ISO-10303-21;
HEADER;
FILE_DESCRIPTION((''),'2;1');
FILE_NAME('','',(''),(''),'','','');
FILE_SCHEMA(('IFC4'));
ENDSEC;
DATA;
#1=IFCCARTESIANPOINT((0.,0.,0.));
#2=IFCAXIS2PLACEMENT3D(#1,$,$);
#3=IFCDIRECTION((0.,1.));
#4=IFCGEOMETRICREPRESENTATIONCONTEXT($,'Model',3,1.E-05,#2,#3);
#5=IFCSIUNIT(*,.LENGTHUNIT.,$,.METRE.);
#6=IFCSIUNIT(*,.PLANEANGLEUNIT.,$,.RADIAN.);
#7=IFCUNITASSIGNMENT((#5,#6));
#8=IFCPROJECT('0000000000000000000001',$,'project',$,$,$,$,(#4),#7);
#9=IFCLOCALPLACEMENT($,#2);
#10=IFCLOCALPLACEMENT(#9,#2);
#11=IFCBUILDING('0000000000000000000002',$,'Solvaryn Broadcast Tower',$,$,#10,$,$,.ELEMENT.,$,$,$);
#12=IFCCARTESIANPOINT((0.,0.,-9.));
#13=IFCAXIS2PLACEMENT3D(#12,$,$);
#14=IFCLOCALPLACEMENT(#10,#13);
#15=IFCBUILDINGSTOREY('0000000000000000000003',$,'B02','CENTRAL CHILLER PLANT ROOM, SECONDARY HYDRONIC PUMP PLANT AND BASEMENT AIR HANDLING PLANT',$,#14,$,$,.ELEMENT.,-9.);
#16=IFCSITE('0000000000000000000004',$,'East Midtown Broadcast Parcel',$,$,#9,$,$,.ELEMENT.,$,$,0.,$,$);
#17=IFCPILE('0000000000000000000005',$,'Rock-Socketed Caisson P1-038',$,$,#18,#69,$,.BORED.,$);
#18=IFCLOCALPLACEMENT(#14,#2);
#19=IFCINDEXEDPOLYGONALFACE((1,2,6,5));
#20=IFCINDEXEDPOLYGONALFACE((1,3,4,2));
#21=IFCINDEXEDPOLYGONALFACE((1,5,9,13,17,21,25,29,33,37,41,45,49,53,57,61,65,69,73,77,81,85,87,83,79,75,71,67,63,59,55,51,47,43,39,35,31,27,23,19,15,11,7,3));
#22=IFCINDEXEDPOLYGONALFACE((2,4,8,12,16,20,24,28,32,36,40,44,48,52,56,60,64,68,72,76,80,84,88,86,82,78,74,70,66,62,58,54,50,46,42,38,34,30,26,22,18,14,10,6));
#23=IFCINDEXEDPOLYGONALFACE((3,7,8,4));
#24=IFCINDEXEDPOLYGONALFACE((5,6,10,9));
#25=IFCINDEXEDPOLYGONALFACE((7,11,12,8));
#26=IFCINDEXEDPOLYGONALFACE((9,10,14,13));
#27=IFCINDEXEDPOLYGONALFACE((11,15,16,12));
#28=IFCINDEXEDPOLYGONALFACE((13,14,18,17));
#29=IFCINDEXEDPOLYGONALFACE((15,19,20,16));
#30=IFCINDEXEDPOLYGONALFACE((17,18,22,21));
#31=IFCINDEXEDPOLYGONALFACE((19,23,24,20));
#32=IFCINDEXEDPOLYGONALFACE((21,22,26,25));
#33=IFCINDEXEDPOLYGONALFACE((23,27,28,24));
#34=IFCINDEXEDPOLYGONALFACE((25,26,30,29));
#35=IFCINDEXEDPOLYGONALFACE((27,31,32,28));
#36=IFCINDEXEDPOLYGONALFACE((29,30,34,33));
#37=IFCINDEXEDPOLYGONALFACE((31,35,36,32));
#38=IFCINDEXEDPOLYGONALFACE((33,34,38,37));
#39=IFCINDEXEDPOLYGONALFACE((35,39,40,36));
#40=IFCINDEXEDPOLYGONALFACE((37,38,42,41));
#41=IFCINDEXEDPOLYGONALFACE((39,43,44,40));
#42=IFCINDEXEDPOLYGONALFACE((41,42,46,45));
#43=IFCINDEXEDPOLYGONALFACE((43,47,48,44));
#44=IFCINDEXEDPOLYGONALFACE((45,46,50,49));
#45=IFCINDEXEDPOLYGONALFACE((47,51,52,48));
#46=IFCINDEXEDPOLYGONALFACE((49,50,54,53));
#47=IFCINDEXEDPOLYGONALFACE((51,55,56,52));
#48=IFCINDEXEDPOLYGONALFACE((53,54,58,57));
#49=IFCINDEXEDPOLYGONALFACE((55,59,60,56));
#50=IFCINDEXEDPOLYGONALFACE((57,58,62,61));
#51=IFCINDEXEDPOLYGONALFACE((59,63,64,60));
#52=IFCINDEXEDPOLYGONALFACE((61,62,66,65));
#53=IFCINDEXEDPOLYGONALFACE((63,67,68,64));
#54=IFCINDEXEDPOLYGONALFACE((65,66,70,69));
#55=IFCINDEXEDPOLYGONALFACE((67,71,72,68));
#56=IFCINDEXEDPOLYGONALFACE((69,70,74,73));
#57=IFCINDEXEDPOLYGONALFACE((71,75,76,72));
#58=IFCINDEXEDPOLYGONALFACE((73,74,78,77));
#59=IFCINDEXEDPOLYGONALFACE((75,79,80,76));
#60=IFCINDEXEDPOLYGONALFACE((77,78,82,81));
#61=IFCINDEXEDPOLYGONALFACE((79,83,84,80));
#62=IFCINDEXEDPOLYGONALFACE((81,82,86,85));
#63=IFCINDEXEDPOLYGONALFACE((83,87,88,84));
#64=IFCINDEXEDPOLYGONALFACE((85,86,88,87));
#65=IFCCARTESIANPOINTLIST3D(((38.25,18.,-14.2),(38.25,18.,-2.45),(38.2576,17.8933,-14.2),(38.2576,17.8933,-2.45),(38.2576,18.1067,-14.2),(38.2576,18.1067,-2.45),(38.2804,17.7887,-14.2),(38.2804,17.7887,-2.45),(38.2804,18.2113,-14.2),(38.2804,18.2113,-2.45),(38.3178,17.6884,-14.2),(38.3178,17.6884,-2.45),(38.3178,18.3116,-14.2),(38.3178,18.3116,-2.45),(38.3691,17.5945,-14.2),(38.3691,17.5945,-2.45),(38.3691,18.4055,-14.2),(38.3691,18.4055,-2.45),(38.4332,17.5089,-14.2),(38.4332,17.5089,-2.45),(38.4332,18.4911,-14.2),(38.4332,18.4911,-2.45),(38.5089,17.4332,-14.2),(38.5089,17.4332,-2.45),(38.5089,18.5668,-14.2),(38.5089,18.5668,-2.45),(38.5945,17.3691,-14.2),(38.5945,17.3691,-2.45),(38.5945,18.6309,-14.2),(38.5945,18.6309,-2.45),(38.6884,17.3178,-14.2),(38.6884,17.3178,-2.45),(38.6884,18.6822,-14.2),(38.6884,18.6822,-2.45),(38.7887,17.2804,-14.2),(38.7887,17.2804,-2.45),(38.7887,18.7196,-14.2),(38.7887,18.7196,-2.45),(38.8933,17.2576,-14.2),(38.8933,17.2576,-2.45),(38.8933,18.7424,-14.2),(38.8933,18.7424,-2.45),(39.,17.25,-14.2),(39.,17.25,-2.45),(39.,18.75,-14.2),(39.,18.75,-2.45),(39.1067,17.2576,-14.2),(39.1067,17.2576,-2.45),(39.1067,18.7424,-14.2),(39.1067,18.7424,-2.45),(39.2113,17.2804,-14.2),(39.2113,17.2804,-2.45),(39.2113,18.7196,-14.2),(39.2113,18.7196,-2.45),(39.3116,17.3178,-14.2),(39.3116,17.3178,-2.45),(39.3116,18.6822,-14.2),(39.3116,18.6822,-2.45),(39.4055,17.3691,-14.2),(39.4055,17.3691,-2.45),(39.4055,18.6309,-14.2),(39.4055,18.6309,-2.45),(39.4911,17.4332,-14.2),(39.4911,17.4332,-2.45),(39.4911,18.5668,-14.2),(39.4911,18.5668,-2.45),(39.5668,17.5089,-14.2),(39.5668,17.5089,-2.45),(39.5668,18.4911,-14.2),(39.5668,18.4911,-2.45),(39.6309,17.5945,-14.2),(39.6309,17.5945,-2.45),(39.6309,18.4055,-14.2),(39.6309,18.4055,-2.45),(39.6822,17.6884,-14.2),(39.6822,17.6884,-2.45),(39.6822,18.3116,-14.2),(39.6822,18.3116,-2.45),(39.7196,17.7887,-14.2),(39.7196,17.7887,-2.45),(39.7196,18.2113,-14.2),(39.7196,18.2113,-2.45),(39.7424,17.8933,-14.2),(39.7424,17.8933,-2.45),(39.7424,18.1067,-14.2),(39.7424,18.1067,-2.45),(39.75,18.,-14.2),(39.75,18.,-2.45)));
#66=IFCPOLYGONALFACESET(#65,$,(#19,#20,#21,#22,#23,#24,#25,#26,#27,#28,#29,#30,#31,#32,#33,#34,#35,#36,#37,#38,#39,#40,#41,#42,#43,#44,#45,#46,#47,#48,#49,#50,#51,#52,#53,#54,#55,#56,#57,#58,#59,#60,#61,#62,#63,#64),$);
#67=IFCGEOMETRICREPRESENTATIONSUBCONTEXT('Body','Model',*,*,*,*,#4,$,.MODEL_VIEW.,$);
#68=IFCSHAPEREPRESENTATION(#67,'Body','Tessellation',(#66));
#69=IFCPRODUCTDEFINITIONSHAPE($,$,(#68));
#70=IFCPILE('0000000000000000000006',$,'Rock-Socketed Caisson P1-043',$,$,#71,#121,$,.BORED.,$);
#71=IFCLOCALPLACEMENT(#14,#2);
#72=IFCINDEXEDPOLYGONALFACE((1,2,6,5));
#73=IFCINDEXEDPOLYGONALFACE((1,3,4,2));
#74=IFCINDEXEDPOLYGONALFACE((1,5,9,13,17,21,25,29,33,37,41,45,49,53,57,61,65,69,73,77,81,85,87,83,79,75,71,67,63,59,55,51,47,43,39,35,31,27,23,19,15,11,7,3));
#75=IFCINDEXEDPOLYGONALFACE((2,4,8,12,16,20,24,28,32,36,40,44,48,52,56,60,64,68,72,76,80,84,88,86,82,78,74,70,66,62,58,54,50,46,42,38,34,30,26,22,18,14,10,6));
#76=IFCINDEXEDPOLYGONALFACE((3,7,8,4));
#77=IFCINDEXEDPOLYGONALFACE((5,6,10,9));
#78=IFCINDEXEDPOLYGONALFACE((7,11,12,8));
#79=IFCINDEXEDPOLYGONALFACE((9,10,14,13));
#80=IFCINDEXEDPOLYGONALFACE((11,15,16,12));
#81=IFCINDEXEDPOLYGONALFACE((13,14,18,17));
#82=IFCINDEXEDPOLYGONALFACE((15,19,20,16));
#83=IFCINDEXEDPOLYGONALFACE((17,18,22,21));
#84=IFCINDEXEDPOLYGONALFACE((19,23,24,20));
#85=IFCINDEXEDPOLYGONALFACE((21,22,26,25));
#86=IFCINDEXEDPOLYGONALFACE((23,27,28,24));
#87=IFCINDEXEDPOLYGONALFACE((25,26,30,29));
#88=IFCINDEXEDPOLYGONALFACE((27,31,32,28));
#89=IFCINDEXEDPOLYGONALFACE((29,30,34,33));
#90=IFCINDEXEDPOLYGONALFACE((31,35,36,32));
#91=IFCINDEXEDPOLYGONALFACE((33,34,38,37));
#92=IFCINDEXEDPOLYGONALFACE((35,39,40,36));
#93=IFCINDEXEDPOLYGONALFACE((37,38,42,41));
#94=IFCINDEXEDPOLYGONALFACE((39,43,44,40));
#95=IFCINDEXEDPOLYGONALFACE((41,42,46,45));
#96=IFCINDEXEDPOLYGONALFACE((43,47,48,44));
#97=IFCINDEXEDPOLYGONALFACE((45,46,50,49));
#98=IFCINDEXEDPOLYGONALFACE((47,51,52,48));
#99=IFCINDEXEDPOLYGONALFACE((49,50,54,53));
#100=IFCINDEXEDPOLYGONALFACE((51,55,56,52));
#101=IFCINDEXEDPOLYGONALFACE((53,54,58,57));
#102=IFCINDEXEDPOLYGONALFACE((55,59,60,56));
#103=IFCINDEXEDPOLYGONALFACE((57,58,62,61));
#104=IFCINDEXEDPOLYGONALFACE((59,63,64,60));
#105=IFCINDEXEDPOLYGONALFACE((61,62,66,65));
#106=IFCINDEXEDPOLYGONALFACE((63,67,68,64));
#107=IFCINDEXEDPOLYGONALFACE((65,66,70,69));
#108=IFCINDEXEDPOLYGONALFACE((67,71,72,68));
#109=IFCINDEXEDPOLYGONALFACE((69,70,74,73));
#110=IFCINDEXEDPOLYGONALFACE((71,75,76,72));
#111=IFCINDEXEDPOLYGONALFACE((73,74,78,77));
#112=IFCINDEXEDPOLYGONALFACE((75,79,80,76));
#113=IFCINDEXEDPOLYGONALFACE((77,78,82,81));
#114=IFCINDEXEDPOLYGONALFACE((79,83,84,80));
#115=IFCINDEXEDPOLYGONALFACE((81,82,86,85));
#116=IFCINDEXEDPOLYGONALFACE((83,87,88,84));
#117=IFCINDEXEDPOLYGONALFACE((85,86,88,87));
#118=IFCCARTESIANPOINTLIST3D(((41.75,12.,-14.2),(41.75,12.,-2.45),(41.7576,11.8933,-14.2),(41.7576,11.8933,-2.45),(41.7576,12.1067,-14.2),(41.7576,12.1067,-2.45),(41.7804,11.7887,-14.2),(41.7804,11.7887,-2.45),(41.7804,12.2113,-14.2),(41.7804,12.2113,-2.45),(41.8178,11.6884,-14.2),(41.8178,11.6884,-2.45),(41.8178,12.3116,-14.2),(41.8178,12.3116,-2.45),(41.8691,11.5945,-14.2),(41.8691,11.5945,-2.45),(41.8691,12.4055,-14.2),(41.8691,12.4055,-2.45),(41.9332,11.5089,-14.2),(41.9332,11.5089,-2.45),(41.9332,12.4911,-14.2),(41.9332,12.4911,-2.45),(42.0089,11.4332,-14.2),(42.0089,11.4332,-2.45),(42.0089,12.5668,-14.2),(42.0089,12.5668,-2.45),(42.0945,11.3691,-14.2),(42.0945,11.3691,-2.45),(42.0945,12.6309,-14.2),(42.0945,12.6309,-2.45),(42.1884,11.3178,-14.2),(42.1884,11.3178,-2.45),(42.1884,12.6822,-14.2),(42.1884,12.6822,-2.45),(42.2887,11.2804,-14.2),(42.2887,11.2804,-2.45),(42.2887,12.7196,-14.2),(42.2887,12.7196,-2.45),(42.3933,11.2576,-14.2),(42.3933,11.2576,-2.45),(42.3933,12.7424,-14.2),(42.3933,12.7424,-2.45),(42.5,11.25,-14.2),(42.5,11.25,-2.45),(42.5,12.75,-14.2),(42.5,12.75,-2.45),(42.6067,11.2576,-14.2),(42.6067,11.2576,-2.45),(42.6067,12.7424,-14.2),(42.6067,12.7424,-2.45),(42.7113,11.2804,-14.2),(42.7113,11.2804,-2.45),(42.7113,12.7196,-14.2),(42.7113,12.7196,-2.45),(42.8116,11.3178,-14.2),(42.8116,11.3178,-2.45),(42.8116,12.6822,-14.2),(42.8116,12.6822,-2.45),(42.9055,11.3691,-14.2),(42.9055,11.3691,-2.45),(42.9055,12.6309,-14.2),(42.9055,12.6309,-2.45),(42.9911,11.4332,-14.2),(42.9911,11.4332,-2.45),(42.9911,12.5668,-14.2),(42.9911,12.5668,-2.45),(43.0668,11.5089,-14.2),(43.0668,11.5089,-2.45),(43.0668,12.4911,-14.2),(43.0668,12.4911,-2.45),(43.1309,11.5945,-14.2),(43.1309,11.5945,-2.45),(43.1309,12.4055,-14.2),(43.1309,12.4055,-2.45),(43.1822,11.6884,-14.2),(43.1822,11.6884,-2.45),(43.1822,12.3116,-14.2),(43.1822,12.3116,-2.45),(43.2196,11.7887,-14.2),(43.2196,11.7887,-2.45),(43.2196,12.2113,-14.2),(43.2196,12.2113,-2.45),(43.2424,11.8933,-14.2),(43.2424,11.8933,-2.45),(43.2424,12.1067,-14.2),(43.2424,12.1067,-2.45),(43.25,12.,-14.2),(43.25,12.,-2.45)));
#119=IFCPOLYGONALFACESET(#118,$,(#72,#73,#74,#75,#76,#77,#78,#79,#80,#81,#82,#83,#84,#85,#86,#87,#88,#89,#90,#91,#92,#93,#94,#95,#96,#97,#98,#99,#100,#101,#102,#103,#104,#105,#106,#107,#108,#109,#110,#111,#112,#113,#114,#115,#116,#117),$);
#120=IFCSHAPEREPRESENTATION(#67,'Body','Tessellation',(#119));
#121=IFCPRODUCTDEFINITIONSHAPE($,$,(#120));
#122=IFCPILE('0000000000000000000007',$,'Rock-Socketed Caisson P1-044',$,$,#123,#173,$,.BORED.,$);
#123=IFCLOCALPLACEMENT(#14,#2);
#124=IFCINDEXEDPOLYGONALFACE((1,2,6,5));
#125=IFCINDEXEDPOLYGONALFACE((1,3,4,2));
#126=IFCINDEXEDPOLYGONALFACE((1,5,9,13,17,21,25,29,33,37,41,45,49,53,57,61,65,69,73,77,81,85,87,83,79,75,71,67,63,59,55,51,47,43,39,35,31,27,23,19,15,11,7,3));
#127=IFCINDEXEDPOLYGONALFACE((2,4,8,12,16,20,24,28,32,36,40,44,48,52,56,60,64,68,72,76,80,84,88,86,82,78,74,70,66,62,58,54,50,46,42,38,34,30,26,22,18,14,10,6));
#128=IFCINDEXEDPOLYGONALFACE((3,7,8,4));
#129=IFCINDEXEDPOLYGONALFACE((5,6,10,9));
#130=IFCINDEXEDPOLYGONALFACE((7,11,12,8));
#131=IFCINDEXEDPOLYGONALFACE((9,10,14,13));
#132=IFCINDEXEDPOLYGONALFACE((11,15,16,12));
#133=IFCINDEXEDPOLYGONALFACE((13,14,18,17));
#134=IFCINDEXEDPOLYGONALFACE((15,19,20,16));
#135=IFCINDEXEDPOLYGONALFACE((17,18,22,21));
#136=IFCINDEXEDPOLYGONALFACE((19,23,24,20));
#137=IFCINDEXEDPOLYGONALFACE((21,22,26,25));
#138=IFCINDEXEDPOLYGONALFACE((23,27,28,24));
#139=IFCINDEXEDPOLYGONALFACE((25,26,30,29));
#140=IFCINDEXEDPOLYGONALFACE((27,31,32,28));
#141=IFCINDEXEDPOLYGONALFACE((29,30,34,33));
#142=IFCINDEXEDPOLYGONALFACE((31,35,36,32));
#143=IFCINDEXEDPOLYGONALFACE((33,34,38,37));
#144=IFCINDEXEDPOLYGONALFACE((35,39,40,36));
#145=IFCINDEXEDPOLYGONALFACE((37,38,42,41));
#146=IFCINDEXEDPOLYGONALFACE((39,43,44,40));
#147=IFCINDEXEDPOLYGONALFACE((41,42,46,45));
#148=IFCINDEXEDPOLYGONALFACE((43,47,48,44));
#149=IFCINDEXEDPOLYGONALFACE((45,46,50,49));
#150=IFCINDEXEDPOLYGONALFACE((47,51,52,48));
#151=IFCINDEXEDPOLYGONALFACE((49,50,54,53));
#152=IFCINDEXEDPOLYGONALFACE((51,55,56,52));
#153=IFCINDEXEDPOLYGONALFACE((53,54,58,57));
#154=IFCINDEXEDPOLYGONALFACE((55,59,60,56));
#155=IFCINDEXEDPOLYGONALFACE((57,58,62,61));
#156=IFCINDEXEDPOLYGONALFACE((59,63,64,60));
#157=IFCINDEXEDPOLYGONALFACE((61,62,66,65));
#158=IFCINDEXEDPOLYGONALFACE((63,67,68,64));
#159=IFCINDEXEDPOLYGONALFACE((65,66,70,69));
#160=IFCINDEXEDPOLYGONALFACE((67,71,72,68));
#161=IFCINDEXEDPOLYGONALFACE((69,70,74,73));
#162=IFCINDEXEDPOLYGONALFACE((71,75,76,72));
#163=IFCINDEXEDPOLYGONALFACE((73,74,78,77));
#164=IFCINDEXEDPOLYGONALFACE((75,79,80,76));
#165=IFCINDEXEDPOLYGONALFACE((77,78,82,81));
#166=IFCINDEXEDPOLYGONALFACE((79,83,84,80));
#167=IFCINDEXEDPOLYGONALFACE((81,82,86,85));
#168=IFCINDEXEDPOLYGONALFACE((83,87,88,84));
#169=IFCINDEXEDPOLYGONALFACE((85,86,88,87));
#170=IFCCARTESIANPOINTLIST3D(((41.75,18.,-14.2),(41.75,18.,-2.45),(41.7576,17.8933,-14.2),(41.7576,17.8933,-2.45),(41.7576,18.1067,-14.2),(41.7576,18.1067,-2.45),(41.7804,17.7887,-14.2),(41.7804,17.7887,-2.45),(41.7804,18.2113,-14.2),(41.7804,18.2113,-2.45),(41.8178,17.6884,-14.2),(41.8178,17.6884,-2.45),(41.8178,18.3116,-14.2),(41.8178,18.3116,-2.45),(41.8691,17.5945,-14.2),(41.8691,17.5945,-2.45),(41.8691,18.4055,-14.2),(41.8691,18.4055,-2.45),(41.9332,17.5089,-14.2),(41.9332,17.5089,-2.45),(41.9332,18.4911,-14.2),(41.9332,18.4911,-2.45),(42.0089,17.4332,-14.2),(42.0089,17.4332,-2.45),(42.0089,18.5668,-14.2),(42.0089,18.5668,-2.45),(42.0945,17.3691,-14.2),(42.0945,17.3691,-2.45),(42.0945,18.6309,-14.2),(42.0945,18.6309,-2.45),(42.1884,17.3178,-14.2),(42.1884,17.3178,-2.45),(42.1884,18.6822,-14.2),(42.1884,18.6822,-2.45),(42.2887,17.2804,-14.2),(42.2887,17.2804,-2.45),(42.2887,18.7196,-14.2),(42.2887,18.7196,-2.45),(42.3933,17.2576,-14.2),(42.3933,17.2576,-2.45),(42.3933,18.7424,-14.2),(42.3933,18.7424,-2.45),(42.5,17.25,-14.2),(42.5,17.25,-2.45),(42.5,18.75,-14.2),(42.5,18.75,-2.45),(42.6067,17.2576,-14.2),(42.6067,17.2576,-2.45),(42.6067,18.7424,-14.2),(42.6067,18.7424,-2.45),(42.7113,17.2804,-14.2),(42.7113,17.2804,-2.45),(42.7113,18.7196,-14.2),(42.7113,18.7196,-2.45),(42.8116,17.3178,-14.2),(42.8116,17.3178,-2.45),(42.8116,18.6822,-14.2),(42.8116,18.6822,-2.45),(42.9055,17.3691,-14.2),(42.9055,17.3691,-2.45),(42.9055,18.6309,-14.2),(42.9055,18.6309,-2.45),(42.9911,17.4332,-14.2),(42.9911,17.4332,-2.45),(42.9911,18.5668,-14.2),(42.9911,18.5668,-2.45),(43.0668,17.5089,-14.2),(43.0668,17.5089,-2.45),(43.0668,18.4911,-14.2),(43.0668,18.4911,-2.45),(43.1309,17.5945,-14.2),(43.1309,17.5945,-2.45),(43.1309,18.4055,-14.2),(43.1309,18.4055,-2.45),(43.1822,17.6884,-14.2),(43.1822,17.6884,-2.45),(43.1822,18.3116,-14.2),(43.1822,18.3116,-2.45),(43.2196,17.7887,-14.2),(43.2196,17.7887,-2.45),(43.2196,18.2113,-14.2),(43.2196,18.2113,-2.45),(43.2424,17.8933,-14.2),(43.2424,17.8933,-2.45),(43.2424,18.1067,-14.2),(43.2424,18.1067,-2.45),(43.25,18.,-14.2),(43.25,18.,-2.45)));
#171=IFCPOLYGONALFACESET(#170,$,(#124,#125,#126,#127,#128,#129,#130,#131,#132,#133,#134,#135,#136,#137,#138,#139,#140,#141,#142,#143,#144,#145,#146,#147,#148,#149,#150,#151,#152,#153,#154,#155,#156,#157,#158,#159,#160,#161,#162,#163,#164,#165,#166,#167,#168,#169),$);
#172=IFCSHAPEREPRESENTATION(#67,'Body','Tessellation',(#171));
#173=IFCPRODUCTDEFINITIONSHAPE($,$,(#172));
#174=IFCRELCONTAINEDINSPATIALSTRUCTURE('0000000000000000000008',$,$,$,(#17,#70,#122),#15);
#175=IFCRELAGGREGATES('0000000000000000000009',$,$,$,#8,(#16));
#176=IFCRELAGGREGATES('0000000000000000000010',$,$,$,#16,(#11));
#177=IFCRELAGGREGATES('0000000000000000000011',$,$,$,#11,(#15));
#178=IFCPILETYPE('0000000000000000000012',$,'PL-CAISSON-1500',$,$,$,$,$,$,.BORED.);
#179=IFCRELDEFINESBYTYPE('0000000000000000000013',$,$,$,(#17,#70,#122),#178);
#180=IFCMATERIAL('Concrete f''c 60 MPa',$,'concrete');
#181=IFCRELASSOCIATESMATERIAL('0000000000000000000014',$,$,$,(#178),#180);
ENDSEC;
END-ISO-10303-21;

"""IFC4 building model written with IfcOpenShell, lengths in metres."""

from ifc_helpers import new_model, si_unit, direction, frame, origin, origin_2d, place, context, subcontext, project, spatial, circle, extrude, material, material_profile, profile_set, type_object, element, save


model = new_model("IFC4")

# Units and contexts
model_context = context("Model", 3, precision=1e-05, world=origin(), true_north=direction((0.0, 1.0)))
body_context = subcontext(model_context, "Body", "Model", "MODEL_VIEW")
ifc_project = project(units=[si_unit("LENGTHUNIT", "METRE"), si_unit("PLANEANGLEUNIT", "RADIAN")], contexts=[model_context])

# Site, building, storey
site_placement = place(None, origin())
site = spatial("IfcSite", under=ifc_project, at=site_placement, Name="East Midtown Broadcast Parcel", CompositionType="ELEMENT", RefElevation=0.0)
building_placement = place(site_placement, origin())
building = spatial("IfcBuilding", under=site, at=building_placement, Name="Solvaryn Broadcast Tower", CompositionType="ELEMENT")
storey_placement = place(building_placement, frame((0.0, 0.0, -9.0)))
storey = spatial("IfcBuildingStorey", under=building, at=storey_placement, Name="B02", Description="CENTRAL CHILLER PLANT ROOM, SECONDARY HYDRONIC PUMP PLANT AND BASEMENT AIR HANDLING PLANT", CompositionType="ELEMENT", Elevation=-9.0)

# Piles
ifc_material_1 = material(Name="Concrete f'c 60 MPa", Category="concrete")
ifc_material_profile_1 = material_profile(ifc_material_1, circle(Radius=0.75, at=origin_2d()))
ifc_profile_set_1 = profile_set([ifc_material_profile_1], Name="Concrete f'c 60 MPa")
pile_type_1 = type_object("IfcPileType", Name="PL-CAISSON-1500", PredefinedType="BORED", material=ifc_profile_set_1)
for number, where, z_axis, x_axis, name in (
    (1, (39.0, 18.0, -2.45), (0.0, 0.0, -1.0), (1.0, 0.0, 0.0), "Rock-Socketed Caisson P1-038"),
    (2, (42.5, 12.0, -2.45), (0.0, 0.0, -1.0), (1.0, 0.0, 0.0), "Rock-Socketed Caisson P1-043"),
    (3, (42.5, 18.0, -2.45), (0.0, 0.0, -1.0), (1.0, 0.0, 0.0), "Rock-Socketed Caisson P1-044"),
):
    element("IfcPile", number, at=place(storey_placement, frame(where, z_axis=z_axis, x_axis=x_axis)), inside=storey, type_object=pile_type_1, Name=name, PredefinedType="BORED", context=body_context, shape_type="SweptSolid", body=[
        extrude(circle(Radius=0.75, at=origin_2d()), origin(), (0.0, 0.0, 1.0), 11.75),
    ])

save(model, "model.ifc")
